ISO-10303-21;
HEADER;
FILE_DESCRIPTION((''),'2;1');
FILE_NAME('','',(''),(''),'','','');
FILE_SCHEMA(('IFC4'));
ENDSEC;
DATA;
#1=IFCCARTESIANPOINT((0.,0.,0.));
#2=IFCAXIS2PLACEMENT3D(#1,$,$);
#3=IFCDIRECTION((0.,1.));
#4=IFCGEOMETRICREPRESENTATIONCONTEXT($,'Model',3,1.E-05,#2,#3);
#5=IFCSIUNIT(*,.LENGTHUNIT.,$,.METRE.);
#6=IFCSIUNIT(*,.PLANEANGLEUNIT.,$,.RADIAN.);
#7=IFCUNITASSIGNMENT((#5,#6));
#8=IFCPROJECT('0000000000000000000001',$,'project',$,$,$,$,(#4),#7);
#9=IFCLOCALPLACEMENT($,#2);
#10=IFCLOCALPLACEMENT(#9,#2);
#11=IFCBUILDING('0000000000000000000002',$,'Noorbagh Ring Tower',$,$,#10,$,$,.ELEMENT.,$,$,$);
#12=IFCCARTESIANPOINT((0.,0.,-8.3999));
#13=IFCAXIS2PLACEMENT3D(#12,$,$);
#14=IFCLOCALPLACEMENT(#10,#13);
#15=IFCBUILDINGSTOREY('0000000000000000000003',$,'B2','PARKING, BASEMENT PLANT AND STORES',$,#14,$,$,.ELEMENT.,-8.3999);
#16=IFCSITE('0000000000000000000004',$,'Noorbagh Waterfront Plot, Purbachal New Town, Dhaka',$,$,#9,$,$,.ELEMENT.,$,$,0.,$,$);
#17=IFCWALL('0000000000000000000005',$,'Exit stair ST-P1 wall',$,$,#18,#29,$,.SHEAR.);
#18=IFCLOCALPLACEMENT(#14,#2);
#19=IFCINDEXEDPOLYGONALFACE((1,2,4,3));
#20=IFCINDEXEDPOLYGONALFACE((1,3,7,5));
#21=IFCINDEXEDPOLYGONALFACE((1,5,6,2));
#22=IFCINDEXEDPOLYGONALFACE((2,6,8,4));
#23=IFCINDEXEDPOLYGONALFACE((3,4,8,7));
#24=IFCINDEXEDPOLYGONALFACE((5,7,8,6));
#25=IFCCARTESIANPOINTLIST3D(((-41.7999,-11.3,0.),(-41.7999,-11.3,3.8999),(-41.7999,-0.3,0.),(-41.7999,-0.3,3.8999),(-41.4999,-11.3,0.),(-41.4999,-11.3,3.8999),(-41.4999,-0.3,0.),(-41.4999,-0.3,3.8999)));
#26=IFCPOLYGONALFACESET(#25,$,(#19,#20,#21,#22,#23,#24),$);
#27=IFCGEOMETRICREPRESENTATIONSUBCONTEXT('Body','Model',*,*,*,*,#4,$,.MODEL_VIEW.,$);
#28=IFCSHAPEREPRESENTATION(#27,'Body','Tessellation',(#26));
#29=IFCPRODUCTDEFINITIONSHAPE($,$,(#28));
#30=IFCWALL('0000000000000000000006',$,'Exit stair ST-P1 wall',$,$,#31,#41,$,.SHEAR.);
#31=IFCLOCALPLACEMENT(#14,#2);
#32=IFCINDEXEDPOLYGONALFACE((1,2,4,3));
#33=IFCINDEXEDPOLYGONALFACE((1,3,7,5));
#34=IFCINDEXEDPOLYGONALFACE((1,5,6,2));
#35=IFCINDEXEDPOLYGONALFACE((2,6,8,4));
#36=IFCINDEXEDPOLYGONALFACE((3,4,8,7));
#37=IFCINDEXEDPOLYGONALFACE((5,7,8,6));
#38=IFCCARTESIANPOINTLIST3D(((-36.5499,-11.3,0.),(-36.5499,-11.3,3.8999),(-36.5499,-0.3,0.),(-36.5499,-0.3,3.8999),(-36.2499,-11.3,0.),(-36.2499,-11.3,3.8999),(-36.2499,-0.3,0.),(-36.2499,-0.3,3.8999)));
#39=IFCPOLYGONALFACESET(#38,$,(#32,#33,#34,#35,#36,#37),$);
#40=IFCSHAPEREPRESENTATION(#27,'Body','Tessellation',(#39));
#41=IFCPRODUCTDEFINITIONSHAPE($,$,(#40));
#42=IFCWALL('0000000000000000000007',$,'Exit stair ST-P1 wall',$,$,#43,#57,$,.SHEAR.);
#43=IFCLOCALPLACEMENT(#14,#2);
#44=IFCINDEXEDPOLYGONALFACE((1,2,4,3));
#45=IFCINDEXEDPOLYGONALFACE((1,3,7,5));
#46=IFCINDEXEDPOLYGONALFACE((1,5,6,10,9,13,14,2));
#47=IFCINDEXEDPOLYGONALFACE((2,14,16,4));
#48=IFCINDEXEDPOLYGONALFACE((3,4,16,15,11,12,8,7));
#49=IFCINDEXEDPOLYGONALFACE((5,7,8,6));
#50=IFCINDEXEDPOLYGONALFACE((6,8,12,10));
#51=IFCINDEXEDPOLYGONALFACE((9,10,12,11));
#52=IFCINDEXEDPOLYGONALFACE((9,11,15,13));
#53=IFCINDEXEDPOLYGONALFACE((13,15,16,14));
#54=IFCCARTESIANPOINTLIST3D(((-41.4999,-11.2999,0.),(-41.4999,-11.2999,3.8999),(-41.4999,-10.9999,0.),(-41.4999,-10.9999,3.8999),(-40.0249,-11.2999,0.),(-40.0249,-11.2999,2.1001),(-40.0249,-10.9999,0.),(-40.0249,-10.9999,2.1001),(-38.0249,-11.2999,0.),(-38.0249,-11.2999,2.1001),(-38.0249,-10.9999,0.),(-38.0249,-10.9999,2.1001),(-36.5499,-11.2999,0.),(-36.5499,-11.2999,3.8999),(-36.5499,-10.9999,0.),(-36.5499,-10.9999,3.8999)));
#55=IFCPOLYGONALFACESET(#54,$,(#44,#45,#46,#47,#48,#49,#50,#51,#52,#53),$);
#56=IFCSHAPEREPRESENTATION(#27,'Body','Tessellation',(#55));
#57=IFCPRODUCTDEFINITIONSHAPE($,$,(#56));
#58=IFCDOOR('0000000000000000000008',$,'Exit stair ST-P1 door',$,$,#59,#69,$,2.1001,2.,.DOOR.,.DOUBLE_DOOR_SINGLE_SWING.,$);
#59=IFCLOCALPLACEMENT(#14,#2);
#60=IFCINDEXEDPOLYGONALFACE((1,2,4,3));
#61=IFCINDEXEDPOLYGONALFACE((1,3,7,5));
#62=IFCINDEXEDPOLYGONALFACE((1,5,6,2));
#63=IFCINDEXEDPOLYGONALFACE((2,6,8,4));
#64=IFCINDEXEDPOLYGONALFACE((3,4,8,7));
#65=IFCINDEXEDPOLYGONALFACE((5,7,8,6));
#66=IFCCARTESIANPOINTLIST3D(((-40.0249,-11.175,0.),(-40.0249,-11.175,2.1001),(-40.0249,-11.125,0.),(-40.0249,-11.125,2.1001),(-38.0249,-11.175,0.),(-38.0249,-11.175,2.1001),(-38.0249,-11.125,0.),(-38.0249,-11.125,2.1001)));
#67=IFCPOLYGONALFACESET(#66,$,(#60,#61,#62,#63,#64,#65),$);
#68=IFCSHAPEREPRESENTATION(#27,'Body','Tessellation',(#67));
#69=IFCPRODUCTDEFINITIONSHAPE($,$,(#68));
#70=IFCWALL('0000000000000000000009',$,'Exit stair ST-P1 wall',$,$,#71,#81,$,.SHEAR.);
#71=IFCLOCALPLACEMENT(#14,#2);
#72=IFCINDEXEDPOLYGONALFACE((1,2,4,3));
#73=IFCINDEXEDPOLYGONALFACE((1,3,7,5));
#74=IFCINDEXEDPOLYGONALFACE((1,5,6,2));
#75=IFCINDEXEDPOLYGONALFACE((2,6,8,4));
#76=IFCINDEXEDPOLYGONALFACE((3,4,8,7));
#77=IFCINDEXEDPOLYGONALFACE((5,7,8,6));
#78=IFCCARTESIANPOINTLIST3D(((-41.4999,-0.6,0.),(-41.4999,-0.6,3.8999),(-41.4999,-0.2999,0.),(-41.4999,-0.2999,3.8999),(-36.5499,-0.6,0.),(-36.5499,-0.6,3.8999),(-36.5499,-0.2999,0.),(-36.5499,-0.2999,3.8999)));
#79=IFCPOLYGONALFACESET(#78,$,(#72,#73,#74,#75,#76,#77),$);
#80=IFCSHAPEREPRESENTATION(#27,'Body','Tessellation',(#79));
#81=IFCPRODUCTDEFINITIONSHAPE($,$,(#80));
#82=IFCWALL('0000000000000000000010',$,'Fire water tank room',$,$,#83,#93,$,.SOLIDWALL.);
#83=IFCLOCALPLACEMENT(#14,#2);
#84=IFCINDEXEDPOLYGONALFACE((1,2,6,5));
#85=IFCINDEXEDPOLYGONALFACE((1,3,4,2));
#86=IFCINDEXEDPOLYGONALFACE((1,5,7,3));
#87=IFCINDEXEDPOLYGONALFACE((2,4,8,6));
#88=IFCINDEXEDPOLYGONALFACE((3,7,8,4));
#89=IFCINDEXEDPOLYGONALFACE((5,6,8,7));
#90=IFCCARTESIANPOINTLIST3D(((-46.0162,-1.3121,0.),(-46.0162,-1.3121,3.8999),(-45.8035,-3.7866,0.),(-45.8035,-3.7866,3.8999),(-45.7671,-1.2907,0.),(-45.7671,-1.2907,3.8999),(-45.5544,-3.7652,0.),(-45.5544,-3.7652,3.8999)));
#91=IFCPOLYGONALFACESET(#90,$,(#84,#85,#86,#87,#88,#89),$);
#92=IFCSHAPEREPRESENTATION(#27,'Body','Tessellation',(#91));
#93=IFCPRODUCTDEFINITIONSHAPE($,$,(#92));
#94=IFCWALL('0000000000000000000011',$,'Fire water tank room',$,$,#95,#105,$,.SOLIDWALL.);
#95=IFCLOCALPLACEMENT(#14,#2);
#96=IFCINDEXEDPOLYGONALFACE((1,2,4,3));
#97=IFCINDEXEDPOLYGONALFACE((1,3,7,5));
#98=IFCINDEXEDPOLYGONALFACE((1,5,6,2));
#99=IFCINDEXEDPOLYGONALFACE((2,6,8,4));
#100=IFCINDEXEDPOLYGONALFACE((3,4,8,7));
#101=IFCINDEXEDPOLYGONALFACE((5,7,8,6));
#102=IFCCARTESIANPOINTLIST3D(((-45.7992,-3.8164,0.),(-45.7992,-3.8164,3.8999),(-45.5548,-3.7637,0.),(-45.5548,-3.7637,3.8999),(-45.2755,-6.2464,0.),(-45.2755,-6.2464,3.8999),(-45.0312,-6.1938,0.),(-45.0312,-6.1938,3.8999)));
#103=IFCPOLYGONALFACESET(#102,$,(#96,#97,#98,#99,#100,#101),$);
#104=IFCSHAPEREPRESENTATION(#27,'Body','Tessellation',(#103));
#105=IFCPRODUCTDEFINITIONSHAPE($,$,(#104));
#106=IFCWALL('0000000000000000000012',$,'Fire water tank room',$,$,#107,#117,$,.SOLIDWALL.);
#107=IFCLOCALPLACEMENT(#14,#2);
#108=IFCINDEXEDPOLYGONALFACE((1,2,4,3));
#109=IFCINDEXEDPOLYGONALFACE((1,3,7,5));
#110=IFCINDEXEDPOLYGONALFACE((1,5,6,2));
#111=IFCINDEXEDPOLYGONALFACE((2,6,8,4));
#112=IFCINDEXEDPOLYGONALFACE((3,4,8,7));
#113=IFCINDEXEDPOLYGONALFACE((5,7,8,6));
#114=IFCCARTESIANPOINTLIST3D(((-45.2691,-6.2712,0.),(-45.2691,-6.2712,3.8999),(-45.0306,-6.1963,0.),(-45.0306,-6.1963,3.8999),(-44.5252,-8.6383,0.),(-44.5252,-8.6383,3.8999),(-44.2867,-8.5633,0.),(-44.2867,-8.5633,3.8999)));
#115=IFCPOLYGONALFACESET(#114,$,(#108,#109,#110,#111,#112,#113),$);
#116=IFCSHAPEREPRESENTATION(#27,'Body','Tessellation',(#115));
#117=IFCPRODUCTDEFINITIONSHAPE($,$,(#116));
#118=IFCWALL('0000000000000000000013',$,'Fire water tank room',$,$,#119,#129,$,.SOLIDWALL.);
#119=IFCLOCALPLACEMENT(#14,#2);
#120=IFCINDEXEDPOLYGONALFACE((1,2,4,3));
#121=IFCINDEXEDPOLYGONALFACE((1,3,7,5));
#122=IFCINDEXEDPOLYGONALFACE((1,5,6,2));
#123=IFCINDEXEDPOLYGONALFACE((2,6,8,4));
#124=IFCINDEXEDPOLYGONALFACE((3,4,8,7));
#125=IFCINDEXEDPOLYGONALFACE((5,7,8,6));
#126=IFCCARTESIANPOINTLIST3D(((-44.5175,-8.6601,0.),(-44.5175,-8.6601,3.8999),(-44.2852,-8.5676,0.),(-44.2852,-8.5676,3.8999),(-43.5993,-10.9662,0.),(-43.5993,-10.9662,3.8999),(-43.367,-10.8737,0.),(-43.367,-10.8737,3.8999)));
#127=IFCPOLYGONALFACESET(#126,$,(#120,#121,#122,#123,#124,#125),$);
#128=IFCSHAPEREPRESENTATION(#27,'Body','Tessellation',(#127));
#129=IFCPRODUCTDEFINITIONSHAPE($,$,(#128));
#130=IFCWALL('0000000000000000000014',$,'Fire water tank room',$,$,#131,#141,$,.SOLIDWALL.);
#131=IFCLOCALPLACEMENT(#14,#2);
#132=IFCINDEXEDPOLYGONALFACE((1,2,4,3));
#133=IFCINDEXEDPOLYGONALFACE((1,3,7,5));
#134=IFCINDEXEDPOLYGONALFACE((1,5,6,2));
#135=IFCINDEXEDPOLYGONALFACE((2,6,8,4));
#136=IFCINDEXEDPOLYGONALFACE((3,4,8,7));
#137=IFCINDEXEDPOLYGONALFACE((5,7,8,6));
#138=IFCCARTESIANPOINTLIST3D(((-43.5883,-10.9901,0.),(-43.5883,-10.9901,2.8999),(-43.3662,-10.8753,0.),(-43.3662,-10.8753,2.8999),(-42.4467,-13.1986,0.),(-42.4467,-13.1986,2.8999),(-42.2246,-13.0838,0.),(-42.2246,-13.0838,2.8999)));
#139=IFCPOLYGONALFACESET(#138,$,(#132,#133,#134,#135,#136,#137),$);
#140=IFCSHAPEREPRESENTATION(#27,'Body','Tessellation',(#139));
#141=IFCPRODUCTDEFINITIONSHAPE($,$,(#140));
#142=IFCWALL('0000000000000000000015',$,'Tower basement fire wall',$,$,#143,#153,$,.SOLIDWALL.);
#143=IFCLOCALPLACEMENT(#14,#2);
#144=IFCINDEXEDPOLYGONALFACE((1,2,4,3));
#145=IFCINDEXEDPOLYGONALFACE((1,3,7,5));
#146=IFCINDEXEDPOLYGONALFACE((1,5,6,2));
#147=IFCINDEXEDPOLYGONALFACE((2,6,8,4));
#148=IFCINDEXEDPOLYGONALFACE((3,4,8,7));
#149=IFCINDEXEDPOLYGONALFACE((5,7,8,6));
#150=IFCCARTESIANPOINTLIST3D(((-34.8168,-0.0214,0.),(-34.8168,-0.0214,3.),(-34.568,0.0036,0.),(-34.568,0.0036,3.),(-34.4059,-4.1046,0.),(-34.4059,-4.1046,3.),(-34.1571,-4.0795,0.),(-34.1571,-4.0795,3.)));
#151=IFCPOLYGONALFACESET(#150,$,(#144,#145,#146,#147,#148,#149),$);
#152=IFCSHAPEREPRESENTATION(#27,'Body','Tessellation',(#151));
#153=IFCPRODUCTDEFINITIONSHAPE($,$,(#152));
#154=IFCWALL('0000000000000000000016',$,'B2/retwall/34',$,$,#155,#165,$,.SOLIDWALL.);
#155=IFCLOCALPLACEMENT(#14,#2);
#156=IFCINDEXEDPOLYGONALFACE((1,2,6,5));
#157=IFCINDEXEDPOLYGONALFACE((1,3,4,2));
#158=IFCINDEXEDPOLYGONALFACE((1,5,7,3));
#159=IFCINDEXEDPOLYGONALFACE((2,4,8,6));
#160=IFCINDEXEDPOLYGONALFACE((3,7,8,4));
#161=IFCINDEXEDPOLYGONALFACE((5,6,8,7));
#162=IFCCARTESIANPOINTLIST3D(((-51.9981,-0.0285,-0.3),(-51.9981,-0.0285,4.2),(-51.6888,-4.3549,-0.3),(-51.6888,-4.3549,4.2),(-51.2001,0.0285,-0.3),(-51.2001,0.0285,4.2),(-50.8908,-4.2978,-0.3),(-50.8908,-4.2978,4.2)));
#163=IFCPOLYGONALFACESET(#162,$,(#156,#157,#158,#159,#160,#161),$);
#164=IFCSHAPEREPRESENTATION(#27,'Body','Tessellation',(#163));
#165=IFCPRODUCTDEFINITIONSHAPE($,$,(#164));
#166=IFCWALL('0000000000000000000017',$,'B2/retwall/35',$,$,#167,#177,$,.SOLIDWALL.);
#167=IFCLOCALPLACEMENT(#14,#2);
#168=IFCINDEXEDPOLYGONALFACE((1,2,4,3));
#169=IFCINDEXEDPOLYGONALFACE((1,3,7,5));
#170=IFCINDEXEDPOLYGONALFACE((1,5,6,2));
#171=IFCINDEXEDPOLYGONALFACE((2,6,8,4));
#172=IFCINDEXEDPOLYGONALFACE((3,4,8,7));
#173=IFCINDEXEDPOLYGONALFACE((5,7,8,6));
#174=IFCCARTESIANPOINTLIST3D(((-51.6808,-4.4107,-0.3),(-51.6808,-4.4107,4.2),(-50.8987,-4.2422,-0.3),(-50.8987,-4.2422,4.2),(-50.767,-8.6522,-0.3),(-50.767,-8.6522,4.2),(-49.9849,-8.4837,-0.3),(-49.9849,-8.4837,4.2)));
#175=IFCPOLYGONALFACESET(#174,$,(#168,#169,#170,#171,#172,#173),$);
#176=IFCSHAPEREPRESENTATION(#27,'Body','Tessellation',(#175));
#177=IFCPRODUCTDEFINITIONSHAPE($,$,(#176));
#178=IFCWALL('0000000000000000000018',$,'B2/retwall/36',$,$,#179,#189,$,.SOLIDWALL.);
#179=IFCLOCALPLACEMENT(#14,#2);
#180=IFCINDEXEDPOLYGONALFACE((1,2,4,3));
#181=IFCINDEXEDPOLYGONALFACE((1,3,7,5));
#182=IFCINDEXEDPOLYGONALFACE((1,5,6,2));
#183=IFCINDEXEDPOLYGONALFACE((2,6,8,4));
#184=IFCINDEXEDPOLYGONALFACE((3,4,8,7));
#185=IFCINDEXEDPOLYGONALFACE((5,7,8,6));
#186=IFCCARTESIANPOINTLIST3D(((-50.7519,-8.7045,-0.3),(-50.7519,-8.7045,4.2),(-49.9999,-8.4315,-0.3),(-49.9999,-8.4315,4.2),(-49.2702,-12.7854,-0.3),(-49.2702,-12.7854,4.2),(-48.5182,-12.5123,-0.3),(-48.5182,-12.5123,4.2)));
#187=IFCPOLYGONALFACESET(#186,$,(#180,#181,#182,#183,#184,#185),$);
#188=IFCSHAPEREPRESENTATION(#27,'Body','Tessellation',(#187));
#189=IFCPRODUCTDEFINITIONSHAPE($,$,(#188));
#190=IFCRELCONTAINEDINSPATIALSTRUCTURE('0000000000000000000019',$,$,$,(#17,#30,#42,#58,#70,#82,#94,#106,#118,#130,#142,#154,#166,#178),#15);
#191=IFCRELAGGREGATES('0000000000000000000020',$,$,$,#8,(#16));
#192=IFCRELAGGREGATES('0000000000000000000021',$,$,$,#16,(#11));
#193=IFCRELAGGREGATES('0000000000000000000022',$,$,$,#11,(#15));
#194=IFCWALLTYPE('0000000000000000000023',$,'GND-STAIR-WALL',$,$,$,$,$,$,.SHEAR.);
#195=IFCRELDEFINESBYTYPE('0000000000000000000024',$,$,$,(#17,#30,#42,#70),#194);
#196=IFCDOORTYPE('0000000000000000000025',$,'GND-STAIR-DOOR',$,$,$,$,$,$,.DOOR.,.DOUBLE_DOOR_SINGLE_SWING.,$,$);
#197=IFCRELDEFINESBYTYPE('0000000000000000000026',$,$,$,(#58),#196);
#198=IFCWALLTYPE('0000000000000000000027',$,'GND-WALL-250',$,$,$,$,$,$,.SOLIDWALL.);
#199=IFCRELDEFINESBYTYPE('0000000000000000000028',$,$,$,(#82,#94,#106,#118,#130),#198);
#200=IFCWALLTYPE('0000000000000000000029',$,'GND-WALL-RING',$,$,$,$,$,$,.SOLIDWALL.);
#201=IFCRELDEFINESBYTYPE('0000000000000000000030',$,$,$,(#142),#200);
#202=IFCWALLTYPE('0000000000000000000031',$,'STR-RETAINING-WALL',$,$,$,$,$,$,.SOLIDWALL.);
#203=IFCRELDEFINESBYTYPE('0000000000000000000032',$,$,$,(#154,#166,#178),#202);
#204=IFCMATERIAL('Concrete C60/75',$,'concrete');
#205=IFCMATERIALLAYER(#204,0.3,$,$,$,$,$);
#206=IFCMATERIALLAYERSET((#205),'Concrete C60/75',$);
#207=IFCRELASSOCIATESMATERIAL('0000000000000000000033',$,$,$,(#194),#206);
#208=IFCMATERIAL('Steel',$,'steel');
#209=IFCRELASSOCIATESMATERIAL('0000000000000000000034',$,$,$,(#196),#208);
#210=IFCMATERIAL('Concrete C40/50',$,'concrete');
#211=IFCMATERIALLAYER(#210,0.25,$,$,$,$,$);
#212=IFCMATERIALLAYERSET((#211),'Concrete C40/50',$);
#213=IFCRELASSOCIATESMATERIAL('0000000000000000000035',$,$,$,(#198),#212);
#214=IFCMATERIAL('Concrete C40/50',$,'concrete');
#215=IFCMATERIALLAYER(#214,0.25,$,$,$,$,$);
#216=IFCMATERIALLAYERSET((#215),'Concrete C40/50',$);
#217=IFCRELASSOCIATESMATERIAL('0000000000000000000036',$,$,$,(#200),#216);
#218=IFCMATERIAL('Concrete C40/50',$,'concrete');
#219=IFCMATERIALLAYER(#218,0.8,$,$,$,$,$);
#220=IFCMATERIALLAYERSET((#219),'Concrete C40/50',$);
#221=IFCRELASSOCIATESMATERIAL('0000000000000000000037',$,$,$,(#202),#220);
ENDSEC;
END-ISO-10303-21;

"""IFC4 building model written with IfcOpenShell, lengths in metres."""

from ifc_helpers import new_model, si_unit, direction, frame, frame_2d, origin, place, context, subcontext, project, spatial, rectangle, extrude, material, layer, layer_set, type_object, element, fill, save


model = new_model("IFC4")

# Units and contexts
model_context = context("Model", 3, precision=1e-05, world=origin(), true_north=direction((0.0, 1.0)))
body_context = subcontext(model_context, "Body", "Model", "MODEL_VIEW")
ifc_project = project(units=[si_unit("LENGTHUNIT", "METRE"), si_unit("PLANEANGLEUNIT", "RADIAN")], contexts=[model_context])

# Site, building, storey
site_placement = place(None, origin())
site = spatial("IfcSite", under=ifc_project, at=site_placement, Name="Noorbagh Waterfront Plot, Purbachal New Town, Dhaka", CompositionType="ELEMENT", RefElevation=0.0)
building_placement = place(site_placement, origin())
building = spatial("IfcBuilding", under=site, at=building_placement, Name="Noorbagh Ring Tower", CompositionType="ELEMENT")
storey_placement = place(building_placement, frame((0.0, 0.0, -8.3999)))
storey = spatial("IfcBuildingStorey", under=building, at=storey_placement, Name="B2", Description="PARKING, BASEMENT PLANT AND STORES", CompositionType="ELEMENT", Elevation=-8.3999)

# Walls
ifc_material_1 = material(Name="Concrete C60/75", Category="concrete")
ifc_layer_1 = layer(ifc_material_1, 0.3)
ifc_layer_set_1 = layer_set([ifc_layer_1], Name="Concrete C60/75")
wall_type_1 = type_object("IfcWallType", Name="GND-STAIR-WALL", PredefinedType="SHEAR", material=ifc_layer_set_1)
for number, where, z_axis, x_axis, name in (
    (1, (-41.6499, -11.3, 0.0), (0.0, 0.0, 1.0), (0.0, 1.0, 0.0), "Exit stair ST-P1 wall"),
    (2, (-36.3999, -11.3, 0.0), (0.0, 0.0, 1.0), (0.0, 1.0, 0.0), "Exit stair ST-P1 wall"),
):
    element("IfcWall", number, at=place(storey_placement, frame(where, z_axis=z_axis, x_axis=x_axis)), inside=storey, type_object=wall_type_1, Name=name, PredefinedType="SHEAR", context=body_context, shape_type="SweptSolid", body=[
        extrude(rectangle(XDim=11.0, YDim=0.3, at=frame_2d((5.5, 0.0))), origin(), (0.0, 0.0, 1.0), 3.8999),
    ])

# Wall, opening, door
wall_1_placement = place(storey_placement, frame((-41.5, -11.1499, 0.0), z_axis=(0.0, 0.0, 1.0), x_axis=(1.0, 0.0, 0.0)))
wall_1 = element("IfcWall", 3, at=wall_1_placement, inside=storey, type_object=wall_type_1, Name="Exit stair ST-P1 wall", PredefinedType="SHEAR", context=body_context, shape_type="SweptSolid", body=[
    extrude(rectangle(XDim=4.95, YDim=0.3, at=frame_2d((2.4751, 0.0))), origin(), (0.0, 0.0, 1.0), 3.8999),
])
opening_placement = place(wall_1_placement, frame((1.4751, 0.0, 0.0)))
opening = element("IfcOpeningElement", 4, at=opening_placement, cuts=wall_1, PredefinedType="OPENING", context=body_context, shape_type="SweptSolid", body=[
    extrude(rectangle(XDim=2.0, YDim=2.1001, at=frame_2d((1.0, 1.05))), frame((0.0, 0.1602, 0.0), z_axis=(0.0, -1.0, 0.0), x_axis=(1.0, 0.0, 0.0)), (0.0, 0.0, 1.0), 0.3201),
])
ifc_material_2 = material(Name="Steel", Category="steel")
door_type = type_object("IfcDoorType", Name="GND-STAIR-DOOR", OperationType="DOUBLE_DOOR_SINGLE_SWING", PredefinedType="DOOR", material=ifc_material_2)
door_placement = place(opening_placement, origin())
door = element("IfcDoor", 5, at=door_placement, inside=storey, type_object=door_type, Name="Exit stair ST-P1 door", OperationType="DOUBLE_DOOR_SINGLE_SWING", OverallHeight=2.1001, OverallWidth=2.0, PredefinedType="DOOR", context=body_context, shape_type="SweptSolid", body=[
    extrude(rectangle(XDim=2.0, YDim=2.1001, at=frame_2d((1.0, 1.05))), frame((0.0, 0.0249, 0.0), z_axis=(0.0, -1.0, 0.0), x_axis=(1.0, 0.0, 0.0)), (0.0, 0.0, 1.0), 0.05),
])
fill(opening, door)

# Walls
wall_2_placement = place(storey_placement, frame((-41.5, -0.45, 0.0), z_axis=(0.0, 0.0, 1.0), x_axis=(1.0, 0.0, 0.0)))
element("IfcWall", 6, at=wall_2_placement, inside=storey, type_object=wall_type_1, Name="Exit stair ST-P1 wall", PredefinedType="SHEAR", context=body_context, shape_type="SweptSolid", body=[
    extrude(rectangle(XDim=4.95, YDim=0.3, at=frame_2d((2.4751, 0.0))), origin(), (0.0, 0.0, 1.0), 3.8999),
])
ifc_material_3 = material(Name="Concrete C40/50", Category="concrete")
ifc_layer_2 = layer(ifc_material_3, 0.25)
ifc_layer_set_2 = layer_set([ifc_layer_2], Name="Concrete C40/50")
wall_type_2 = type_object("IfcWallType", Name="GND-WALL-250", PredefinedType="SOLIDWALL", material=ifc_layer_set_2)
wall_3_placement = place(storey_placement, frame((-45.8916, -1.3015, 0.0), z_axis=(0.0, 0.0, 1.0), x_axis=(0.085616, -0.996328, 0.0)))
element("IfcWall", 7, at=wall_3_placement, inside=storey, type_object=wall_type_2, Name="Fire water tank room", PredefinedType="SOLIDWALL", context=body_context, shape_type="SweptSolid", body=[
    extrude(rectangle(XDim=2.4836, YDim=0.25, at=frame_2d((1.2417, 0.0))), origin(), (0.0, 0.0, 1.0), 3.8999),
])
wall_4_placement = place(storey_placement, frame((-45.677, -3.79, 0.0), z_axis=(0.0, 0.0, 1.0), x_axis=(0.210656, -0.97756, 0.0)))
element("IfcWall", 8, at=wall_4_placement, inside=storey, type_object=wall_type_2, Name="Fire water tank room", PredefinedType="SOLIDWALL", context=body_context, shape_type="SweptSolid", body=[
    extrude(rectangle(XDim=2.4858, YDim=0.25, at=frame_2d((1.2429, 0.0))), origin(), (0.0, 0.0, 1.0), 3.8999),
])
wall_5_placement = place(storey_placement, frame((-45.1499, -6.2336, 0.0), z_axis=(0.0, 0.0, 1.0), x_axis=(0.299827, -0.953994, 0.0)))
element("IfcWall", 9, at=wall_5_placement, inside=storey, type_object=wall_type_2, Name="Fire water tank room", PredefinedType="SOLIDWALL", context=body_context, shape_type="SweptSolid", body=[
    extrude(rectangle(XDim=2.4812, YDim=0.25, at=frame_2d((1.2407, 0.0))), origin(), (0.0, 0.0, 1.0), 3.8999),
])
wall_6_placement = place(storey_placement, frame((-44.4014, -8.6138, 0.0), z_axis=(0.0, 0.0, 1.0), x_axis=(0.369915, -0.929066, 0.0)))
element("IfcWall", 10, at=wall_6_placement, inside=storey, type_object=wall_type_2, Name="Fire water tank room", PredefinedType="SOLIDWALL", context=body_context, shape_type="SweptSolid", body=[
    extrude(rectangle(XDim=2.4822, YDim=0.25, at=frame_2d((1.2412, 0.0))), origin(), (0.0, 0.0, 1.0), 3.8999),
])
wall_7_placement = place(storey_placement, frame((-43.4773, -10.9326, 0.0), z_axis=(0.0, 0.0, 1.0), x_axis=(0.459193, -0.888336, 0.0)))
element("IfcWall", 11, at=wall_7_placement, inside=storey, type_object=wall_type_2, Name="Fire water tank room", PredefinedType="SOLIDWALL", context=body_context, shape_type="SweptSolid", body=[
    extrude(rectangle(XDim=2.4861, YDim=0.25, at=frame_2d((1.2432, 0.0))), origin(), (0.0, 0.0, 1.0), 2.8999),
])
ifc_material_4 = material(Name="Concrete C40/50", Category="concrete")
ifc_layer_3 = layer(ifc_material_4, 0.25)
ifc_layer_set_3 = layer_set([ifc_layer_3], Name="Concrete C40/50")
wall_type_3 = type_object("IfcWallType", Name="GND-WALL-RING", PredefinedType="SOLIDWALL", material=ifc_layer_set_3)
wall_8_placement = place(storey_placement, frame((-34.6924, -0.009, 0.0), z_axis=(0.0, 0.0, 1.0), x_axis=(0.100122, -0.994975, 0.0)))
element("IfcWall", 12, at=wall_8_placement, inside=storey, type_object=wall_type_3, Name="Tower basement fire wall", PredefinedType="SOLIDWALL", context=body_context, shape_type="SweptSolid", body=[
    extrude(rectangle(XDim=4.1038, YDim=0.25, at=frame_2d((2.0518, 0.0))), origin(), (0.0, 0.0, 1.0), 3.0),
])
ifc_material_5 = material(Name="Concrete C40/50", Category="concrete")
ifc_layer_4 = layer(ifc_material_5, 0.8)
ifc_layer_set_4 = layer_set([ifc_layer_4], Name="Concrete C40/50")
wall_type_4 = type_object("IfcWallType", Name="STR-RETAINING-WALL", PredefinedType="SOLIDWALL", material=ifc_layer_set_4)
wall_9_placement = place(storey_placement, frame((-51.5991, 0.0, -0.3), z_axis=(0.0, 0.0, 1.0), x_axis=(0.071315, -0.997454, 0.0)))
element("IfcWall", 13, at=wall_9_placement, inside=storey, type_object=wall_type_4, Name="B2/retwall/34", PredefinedType="SOLIDWALL", context=body_context, shape_type="SweptSolid", body=[
    extrude(rectangle(XDim=4.3374, YDim=0.8, at=frame_2d((2.1687, 0.0))), origin(), (0.0, 0.0, 1.0), 4.5),
])
wall_10_placement = place(storey_placement, frame((-51.2898, -4.3264, -0.3), z_axis=(0.0, 0.0, 1.0), x_axis=(0.210616, -0.977569, 0.0)))
element("IfcWall", 14, at=wall_10_placement, inside=storey, type_object=wall_type_4, Name="B2/retwall/35", PredefinedType="SOLIDWALL", context=body_context, shape_type="SweptSolid", body=[
    extrude(rectangle(XDim=4.3389, YDim=0.8, at=frame_2d((2.1694, 0.0))), origin(), (0.0, 0.0, 1.0), 4.5),
])
wall_11_placement = place(storey_placement, frame((-50.376, -8.5679, -0.3), z_axis=(0.0, 0.0, 1.0), x_axis=(0.341287, -0.939959, 0.0)))
element("IfcWall", 15, at=wall_11_placement, inside=storey, type_object=wall_type_4, Name="B2/retwall/36", PredefinedType="SOLIDWALL", context=body_context, shape_type="SweptSolid", body=[
    extrude(rectangle(XDim=4.3416, YDim=0.8, at=frame_2d((2.1709, 0.0))), origin(), (0.0, 0.0, 1.0), 4.5),
])

save(model, "model.ifc")
